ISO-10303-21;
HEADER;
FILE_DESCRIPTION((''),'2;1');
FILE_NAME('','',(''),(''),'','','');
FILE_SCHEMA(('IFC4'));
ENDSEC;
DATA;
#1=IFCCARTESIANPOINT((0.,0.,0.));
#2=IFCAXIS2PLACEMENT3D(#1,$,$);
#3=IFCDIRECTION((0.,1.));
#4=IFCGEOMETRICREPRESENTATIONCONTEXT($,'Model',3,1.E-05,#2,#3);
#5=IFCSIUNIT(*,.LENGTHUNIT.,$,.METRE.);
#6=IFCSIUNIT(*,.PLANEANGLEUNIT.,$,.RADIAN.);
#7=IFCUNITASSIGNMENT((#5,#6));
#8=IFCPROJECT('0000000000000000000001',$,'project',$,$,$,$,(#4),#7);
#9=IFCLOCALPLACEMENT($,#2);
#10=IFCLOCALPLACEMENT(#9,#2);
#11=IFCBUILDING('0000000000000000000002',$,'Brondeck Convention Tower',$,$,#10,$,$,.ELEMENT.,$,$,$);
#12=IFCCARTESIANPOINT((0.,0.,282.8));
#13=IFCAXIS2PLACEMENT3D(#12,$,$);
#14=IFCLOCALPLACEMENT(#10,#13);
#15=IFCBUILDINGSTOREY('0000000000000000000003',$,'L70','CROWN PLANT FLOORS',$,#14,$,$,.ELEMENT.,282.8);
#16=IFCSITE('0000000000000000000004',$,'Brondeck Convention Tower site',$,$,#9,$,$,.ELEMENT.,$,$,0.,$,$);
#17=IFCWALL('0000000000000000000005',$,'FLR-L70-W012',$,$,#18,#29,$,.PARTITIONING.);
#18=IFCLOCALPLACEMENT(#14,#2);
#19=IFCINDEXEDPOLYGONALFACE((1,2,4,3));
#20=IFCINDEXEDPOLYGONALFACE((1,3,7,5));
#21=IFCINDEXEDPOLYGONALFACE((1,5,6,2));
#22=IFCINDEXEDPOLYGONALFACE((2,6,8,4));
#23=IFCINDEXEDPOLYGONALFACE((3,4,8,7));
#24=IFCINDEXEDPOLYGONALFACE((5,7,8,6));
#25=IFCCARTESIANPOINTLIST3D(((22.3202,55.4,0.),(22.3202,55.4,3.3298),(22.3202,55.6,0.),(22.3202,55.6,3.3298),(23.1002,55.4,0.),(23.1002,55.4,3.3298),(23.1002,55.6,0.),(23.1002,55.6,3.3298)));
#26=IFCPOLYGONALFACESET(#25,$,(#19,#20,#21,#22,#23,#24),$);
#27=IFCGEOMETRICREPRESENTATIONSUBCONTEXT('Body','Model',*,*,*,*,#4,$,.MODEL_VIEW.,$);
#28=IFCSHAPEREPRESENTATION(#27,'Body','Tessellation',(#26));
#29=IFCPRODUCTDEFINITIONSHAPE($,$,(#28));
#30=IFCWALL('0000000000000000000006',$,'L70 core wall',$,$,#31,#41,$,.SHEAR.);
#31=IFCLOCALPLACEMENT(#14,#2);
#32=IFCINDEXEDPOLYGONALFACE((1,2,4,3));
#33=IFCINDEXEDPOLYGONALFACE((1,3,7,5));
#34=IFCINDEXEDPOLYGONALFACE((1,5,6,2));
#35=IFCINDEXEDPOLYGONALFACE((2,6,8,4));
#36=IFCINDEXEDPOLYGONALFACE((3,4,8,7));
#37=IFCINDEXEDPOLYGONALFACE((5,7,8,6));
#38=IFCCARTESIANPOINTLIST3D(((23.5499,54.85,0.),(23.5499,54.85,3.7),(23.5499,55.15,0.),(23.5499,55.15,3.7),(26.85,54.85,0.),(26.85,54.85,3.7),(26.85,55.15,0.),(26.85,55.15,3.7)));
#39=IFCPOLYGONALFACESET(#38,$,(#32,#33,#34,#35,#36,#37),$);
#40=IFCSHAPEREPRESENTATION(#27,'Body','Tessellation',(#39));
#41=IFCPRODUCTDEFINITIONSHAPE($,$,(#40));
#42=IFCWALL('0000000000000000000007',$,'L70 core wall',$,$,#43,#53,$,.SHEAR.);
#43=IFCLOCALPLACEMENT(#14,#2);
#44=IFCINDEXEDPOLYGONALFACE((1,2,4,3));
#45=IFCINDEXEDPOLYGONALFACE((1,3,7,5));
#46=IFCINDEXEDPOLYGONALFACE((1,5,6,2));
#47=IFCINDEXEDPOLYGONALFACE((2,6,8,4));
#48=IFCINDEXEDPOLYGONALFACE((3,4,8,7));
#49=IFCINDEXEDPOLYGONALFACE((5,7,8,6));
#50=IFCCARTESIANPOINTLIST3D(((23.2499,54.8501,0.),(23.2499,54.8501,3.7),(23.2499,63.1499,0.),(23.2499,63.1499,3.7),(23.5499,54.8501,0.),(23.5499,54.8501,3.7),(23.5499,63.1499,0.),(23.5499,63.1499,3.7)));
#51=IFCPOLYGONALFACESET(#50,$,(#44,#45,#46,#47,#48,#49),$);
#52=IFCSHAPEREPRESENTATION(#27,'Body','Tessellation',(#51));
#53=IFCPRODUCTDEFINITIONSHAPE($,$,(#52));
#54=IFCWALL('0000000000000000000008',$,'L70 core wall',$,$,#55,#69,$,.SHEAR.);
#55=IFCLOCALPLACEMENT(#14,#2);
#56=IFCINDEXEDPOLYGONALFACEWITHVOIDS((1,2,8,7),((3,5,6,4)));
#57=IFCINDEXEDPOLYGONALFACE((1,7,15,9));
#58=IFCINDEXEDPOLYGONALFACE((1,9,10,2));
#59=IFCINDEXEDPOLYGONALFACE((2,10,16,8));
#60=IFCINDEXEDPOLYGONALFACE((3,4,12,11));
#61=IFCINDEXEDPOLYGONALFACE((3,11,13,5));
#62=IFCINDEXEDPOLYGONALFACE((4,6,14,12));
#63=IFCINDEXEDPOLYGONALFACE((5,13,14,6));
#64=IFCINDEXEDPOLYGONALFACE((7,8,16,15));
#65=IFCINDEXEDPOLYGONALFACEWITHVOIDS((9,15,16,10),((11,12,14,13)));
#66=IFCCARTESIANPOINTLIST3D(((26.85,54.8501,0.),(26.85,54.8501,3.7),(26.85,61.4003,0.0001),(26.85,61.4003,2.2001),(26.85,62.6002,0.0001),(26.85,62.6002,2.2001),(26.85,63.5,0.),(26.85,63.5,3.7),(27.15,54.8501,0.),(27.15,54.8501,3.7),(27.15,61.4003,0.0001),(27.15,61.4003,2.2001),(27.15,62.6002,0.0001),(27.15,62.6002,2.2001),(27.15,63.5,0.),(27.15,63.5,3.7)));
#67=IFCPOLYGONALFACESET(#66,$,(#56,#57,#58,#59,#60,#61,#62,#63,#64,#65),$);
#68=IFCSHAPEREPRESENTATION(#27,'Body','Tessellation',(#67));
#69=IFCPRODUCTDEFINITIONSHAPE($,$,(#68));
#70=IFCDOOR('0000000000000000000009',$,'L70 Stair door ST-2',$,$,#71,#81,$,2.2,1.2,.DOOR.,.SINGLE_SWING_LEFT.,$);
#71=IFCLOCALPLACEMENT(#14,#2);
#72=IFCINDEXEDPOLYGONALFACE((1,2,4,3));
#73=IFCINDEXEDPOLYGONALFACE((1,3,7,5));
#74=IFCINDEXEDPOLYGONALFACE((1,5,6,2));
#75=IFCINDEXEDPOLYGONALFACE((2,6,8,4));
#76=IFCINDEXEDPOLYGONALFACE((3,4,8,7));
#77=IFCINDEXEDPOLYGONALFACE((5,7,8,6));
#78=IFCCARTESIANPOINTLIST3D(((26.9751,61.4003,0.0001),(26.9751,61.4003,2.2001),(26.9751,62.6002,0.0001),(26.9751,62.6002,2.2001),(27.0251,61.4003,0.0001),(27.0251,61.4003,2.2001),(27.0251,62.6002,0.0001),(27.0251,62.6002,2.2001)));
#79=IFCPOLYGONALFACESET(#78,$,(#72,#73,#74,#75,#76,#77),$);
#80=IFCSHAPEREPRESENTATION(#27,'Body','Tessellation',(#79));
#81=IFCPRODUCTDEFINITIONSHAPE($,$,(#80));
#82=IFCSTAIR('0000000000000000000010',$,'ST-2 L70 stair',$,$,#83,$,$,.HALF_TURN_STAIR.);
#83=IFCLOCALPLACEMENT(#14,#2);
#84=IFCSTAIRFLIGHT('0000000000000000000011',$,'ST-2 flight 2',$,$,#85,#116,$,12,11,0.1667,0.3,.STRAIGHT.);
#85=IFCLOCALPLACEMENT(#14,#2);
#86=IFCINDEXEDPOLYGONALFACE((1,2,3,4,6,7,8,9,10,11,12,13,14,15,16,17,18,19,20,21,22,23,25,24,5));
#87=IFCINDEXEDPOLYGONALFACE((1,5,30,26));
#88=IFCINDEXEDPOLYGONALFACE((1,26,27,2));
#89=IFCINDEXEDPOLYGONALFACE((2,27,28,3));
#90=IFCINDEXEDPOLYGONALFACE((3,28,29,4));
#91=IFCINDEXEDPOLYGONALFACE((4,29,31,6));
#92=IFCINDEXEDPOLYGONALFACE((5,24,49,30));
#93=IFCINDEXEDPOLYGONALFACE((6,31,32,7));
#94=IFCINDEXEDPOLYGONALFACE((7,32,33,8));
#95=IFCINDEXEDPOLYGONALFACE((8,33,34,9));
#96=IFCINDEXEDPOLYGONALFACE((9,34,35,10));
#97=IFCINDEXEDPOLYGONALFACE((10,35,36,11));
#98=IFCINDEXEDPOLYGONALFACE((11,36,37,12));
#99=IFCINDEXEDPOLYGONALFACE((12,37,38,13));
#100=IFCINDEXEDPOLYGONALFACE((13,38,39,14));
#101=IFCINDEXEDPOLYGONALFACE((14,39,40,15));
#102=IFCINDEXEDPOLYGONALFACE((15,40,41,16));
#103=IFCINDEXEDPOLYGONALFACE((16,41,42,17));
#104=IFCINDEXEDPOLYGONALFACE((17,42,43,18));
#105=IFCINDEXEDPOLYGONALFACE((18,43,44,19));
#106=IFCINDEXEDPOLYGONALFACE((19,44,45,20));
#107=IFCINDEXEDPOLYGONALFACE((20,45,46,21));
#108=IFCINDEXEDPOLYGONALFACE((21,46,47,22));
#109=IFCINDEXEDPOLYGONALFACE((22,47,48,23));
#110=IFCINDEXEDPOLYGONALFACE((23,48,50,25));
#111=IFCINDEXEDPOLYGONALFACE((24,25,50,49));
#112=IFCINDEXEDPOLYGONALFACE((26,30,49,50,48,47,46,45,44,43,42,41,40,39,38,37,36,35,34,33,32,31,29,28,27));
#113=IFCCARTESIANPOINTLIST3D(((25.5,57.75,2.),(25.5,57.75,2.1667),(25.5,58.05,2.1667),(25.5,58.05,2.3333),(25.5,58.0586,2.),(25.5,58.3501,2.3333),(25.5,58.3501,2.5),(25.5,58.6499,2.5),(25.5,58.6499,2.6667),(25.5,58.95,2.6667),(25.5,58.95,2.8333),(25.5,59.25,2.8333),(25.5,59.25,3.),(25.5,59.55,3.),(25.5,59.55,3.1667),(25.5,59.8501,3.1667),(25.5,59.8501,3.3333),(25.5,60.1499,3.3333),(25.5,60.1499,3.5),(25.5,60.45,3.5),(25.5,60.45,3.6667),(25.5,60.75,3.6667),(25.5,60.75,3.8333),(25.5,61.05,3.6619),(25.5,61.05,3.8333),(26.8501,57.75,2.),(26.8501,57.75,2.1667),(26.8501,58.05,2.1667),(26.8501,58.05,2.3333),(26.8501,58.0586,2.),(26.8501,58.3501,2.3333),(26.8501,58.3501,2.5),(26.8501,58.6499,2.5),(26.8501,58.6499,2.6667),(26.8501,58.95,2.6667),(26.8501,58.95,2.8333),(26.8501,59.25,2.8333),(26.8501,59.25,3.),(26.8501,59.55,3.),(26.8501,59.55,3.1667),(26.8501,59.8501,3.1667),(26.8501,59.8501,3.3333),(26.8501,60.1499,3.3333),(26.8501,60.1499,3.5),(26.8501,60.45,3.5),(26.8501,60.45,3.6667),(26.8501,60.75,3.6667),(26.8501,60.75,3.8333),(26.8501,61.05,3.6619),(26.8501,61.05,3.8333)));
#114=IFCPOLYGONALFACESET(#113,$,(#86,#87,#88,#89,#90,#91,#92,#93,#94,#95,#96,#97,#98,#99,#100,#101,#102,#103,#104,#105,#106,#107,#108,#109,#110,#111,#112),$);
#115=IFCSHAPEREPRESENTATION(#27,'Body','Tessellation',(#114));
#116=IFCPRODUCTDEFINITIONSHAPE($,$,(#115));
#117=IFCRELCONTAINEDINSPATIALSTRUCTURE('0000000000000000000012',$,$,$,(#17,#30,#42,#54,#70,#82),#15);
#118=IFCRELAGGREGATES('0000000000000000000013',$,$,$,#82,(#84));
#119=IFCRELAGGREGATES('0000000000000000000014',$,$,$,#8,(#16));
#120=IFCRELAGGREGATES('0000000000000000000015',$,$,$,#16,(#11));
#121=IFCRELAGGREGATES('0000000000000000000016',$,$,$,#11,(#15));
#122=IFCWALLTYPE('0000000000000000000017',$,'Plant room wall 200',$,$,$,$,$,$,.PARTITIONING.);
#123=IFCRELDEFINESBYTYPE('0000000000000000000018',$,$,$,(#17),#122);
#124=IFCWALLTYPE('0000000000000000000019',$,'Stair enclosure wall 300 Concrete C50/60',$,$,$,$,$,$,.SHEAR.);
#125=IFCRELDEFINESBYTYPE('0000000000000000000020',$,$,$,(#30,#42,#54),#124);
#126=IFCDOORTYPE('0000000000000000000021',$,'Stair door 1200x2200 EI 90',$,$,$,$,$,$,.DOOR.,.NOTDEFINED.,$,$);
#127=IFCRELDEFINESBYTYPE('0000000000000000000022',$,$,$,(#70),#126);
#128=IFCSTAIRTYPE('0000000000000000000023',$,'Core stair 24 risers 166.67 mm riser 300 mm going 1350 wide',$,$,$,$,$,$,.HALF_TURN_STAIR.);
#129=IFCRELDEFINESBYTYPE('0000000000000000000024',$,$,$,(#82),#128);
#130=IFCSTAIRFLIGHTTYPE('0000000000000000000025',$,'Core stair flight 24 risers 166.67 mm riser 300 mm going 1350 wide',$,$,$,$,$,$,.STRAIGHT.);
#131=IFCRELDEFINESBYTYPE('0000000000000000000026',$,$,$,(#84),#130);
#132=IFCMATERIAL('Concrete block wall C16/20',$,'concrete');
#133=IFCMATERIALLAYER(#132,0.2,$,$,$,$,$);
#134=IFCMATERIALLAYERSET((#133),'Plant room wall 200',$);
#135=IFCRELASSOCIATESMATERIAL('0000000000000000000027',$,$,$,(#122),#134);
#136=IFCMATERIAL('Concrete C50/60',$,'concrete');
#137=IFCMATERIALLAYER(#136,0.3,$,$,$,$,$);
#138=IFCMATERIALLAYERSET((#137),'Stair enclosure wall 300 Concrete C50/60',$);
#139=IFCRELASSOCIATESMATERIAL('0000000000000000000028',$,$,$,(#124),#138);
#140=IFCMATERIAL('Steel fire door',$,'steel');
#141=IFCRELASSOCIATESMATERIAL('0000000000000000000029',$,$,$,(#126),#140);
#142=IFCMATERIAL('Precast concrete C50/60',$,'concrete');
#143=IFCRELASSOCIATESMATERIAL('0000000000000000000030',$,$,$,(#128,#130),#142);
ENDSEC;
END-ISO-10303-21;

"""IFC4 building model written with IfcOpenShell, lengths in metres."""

from ifc_helpers import new_model, si_unit, direction, frame, frame_2d, origin, place, context, subcontext, project, spatial, polyline, rectangle, outline, extrude, material, layer, layer_set, type_object, element, fill, aggregate, save


model = new_model("IFC4")

# Units and contexts
model_context = context("Model", 3, precision=1e-05, world=origin(), true_north=direction((0.0, 1.0)))
body_context = subcontext(model_context, "Body", "Model", "MODEL_VIEW")
ifc_project = project(units=[si_unit("LENGTHUNIT", "METRE"), si_unit("PLANEANGLEUNIT", "RADIAN")], contexts=[model_context])

# Site, building, storey
site_placement = place(None, origin())
site = spatial("IfcSite", under=ifc_project, at=site_placement, Name="Brondeck Convention Tower site", CompositionType="ELEMENT", RefElevation=0.0)
building_placement = place(site_placement, origin())
building = spatial("IfcBuilding", under=site, at=building_placement, Name="Brondeck Convention Tower", CompositionType="ELEMENT")
storey_placement = place(building_placement, frame((0.0, 0.0, 282.8)))
storey = spatial("IfcBuildingStorey", under=building, at=storey_placement, Name="L70", Description="CROWN PLANT FLOORS", CompositionType="ELEMENT", Elevation=282.8)

# Shared definitions
ifc_material_1 = material(Name="Concrete C50/60", Category="concrete")

# Walls
ifc_material_2 = material(Name="Concrete block wall C16/20", Category="concrete")
ifc_layer_1 = layer(ifc_material_2, 0.2)
ifc_layer_set_1 = layer_set([ifc_layer_1], Name="Plant room wall 200")
wall_type_1 = type_object("IfcWallType", Name="Plant room wall 200", PredefinedType="PARTITIONING", material=ifc_layer_set_1)
wall_1_placement = place(storey_placement, frame((22.3201, 55.5, 0.0), z_axis=(0.0, 0.0, 1.0), x_axis=(1.0, 0.0, 0.0)))
element("IfcWall", 1, at=wall_1_placement, inside=storey, type_object=wall_type_1, Name="FLR-L70-W012", PredefinedType="PARTITIONING", context=body_context, shape_type="SweptSolid", body=[
    extrude(rectangle(XDim=0.78, YDim=0.2, at=frame_2d((0.3901, 0.0))), origin(), (0.0, 0.0, 1.0), 3.3298),
])
ifc_layer_2 = layer(ifc_material_1, 0.3)
ifc_layer_set_2 = layer_set([ifc_layer_2], Name="Stair enclosure wall 300 Concrete C50/60")
wall_type_2 = type_object("IfcWallType", Name="Stair enclosure wall 300 Concrete C50/60", PredefinedType="SHEAR", material=ifc_layer_set_2)
wall_2_placement = place(storey_placement, frame((23.55, 55.0, 0.0), z_axis=(0.0, 0.0, 1.0), x_axis=(1.0, 0.0, 0.0)))
element("IfcWall", 2, at=wall_2_placement, inside=storey, type_object=wall_type_2, Name="L70 core wall", PredefinedType="SHEAR", context=body_context, shape_type="SweptSolid", body=[
    extrude(rectangle(XDim=3.3, YDim=0.3, at=frame_2d((1.6499, 0.0))), origin(), (0.0, 0.0, 1.0), 3.7),
])
wall_3_placement = place(storey_placement, frame((23.3999, 54.8501, 0.0), z_axis=(0.0, 0.0, 1.0), x_axis=(0.0, 1.0, 0.0)))
element("IfcWall", 3, at=wall_3_placement, inside=storey, type_object=wall_type_2, Name="L70 core wall", PredefinedType="SHEAR", context=body_context, shape_type="SweptSolid", body=[
    extrude(rectangle(XDim=8.2998, YDim=0.3, at=frame_2d((4.1499, 0.0))), origin(), (0.0, 0.0, 1.0), 3.7),
])

# Wall, opening, door
wall_4_placement = place(storey_placement, frame((27.0, 54.8501, 0.0), z_axis=(0.0, 0.0, 1.0), x_axis=(0.0, 1.0, 0.0)))
wall_4 = element("IfcWall", 4, at=wall_4_placement, inside=storey, type_object=wall_type_2, Name="L70 core wall", PredefinedType="SHEAR", context=body_context, shape_type="SweptSolid", body=[
    extrude(rectangle(XDim=8.6499, YDim=0.3, at=frame_2d((4.325, 0.0))), origin(), (0.0, 0.0, 1.0), 3.7),
])
opening_placement = place(wall_4_placement, frame((6.55, 0.0, 0.0)))
opening = element("IfcOpeningElement", 5, at=opening_placement, cuts=wall_4, PredefinedType="OPENING", context=body_context, shape_type="SweptSolid", body=[
    extrude(rectangle(XDim=1.2, YDim=2.2, at=frame_2d((0.6001, 1.1001))), frame((0.0, 0.1599, 0.0), z_axis=(0.0, -1.0, 0.0), x_axis=(1.0, 0.0, 0.0)), (0.0, 0.0, 1.0), 0.3201),
])
ifc_material_3 = material(Name="Steel fire door", Category="steel")
door_type = type_object("IfcDoorType", Name="Stair door 1200x2200 EI 90", OperationType="NOTDEFINED", PredefinedType="DOOR", material=ifc_material_3)
door_placement = place(opening_placement, origin())
door = element("IfcDoor", 6, at=door_placement, inside=storey, type_object=door_type, Name="L70 Stair door ST-2", OperationType="SINGLE_SWING_LEFT", OverallHeight=2.2, OverallWidth=1.2, PredefinedType="DOOR", context=body_context, shape_type="SweptSolid", body=[
    extrude(rectangle(XDim=1.2, YDim=2.2, at=frame_2d((0.6001, 1.1001))), frame((0.0, 0.0249, 0.0), z_axis=(0.0, -1.0, 0.0), x_axis=(1.0, 0.0, 0.0)), (0.0, 0.0, 1.0), 0.05),
])
fill(opening, door)

# Stair, stair flight
ifc_material_4 = material(Name="Precast concrete C50/60", Category="concrete")
stair_type = type_object("IfcStairType", Name="Core stair 24 risers 166.67 mm riser 300 mm going 1350 wide", PredefinedType="HALF_TURN_STAIR", material=ifc_material_4)
stair_placement = place(storey_placement, origin())
stair = element("IfcStair", 7, at=stair_placement, inside=storey, type_object=stair_type, Name="ST-2 L70 stair", PredefinedType="HALF_TURN_STAIR")
stair_flight_type = type_object("IfcStairFlightType", Name="Core stair flight 24 risers 166.67 mm riser 300 mm going 1350 wide", PredefinedType="STRAIGHT", material=ifc_material_4)
stair_flight_placement = place(storey_placement, frame((26.175, 57.75, 2.0), z_axis=(0.0, 0.0, 1.0), x_axis=(0.0, 1.0, 0.0)))
stair_flight = element("IfcStairFlight", 8, at=stair_flight_placement, type_object=stair_flight_type, Name="ST-2 flight 2", NumberOfRisers=12, NumberOfTreads=11, PredefinedType="STRAIGHT", RiserHeight=0.1667, TreadLength=0.3, context=body_context, shape_type="SweptSolid", body=[
    extrude(outline(polyline([(0.0, 0.0), (0.0, 0.1667), (0.3, 0.1667), (0.3, 0.3333), (0.6001, 0.3333), (0.6001, 0.5), (0.8999, 0.5), (0.8999, 0.6667), (1.2, 0.6667), (1.2, 0.8333), (1.5, 0.8333), (1.5, 1.0), (1.8, 1.0), (1.8, 1.1667), (2.1001, 1.1667), (2.1001, 1.3333), (2.3999, 1.3333), (2.3999, 1.5), (2.7, 1.5), (2.7, 1.6667), (3.0, 1.6667), (3.0, 1.8333), (3.3, 1.8333), (3.3, 2.0), (3.3, 1.6619), (0.3086, 0.0), (0.0, 0.0)])), frame((0.0, 0.675, 0.0), z_axis=(0.0, -1.0, 0.0), x_axis=(1.0, 0.0, 0.0)), (0.0, 0.0, 1.0), 1.3501),
])
aggregate(stair, [stair_flight])

save(model, "model.ifc")
